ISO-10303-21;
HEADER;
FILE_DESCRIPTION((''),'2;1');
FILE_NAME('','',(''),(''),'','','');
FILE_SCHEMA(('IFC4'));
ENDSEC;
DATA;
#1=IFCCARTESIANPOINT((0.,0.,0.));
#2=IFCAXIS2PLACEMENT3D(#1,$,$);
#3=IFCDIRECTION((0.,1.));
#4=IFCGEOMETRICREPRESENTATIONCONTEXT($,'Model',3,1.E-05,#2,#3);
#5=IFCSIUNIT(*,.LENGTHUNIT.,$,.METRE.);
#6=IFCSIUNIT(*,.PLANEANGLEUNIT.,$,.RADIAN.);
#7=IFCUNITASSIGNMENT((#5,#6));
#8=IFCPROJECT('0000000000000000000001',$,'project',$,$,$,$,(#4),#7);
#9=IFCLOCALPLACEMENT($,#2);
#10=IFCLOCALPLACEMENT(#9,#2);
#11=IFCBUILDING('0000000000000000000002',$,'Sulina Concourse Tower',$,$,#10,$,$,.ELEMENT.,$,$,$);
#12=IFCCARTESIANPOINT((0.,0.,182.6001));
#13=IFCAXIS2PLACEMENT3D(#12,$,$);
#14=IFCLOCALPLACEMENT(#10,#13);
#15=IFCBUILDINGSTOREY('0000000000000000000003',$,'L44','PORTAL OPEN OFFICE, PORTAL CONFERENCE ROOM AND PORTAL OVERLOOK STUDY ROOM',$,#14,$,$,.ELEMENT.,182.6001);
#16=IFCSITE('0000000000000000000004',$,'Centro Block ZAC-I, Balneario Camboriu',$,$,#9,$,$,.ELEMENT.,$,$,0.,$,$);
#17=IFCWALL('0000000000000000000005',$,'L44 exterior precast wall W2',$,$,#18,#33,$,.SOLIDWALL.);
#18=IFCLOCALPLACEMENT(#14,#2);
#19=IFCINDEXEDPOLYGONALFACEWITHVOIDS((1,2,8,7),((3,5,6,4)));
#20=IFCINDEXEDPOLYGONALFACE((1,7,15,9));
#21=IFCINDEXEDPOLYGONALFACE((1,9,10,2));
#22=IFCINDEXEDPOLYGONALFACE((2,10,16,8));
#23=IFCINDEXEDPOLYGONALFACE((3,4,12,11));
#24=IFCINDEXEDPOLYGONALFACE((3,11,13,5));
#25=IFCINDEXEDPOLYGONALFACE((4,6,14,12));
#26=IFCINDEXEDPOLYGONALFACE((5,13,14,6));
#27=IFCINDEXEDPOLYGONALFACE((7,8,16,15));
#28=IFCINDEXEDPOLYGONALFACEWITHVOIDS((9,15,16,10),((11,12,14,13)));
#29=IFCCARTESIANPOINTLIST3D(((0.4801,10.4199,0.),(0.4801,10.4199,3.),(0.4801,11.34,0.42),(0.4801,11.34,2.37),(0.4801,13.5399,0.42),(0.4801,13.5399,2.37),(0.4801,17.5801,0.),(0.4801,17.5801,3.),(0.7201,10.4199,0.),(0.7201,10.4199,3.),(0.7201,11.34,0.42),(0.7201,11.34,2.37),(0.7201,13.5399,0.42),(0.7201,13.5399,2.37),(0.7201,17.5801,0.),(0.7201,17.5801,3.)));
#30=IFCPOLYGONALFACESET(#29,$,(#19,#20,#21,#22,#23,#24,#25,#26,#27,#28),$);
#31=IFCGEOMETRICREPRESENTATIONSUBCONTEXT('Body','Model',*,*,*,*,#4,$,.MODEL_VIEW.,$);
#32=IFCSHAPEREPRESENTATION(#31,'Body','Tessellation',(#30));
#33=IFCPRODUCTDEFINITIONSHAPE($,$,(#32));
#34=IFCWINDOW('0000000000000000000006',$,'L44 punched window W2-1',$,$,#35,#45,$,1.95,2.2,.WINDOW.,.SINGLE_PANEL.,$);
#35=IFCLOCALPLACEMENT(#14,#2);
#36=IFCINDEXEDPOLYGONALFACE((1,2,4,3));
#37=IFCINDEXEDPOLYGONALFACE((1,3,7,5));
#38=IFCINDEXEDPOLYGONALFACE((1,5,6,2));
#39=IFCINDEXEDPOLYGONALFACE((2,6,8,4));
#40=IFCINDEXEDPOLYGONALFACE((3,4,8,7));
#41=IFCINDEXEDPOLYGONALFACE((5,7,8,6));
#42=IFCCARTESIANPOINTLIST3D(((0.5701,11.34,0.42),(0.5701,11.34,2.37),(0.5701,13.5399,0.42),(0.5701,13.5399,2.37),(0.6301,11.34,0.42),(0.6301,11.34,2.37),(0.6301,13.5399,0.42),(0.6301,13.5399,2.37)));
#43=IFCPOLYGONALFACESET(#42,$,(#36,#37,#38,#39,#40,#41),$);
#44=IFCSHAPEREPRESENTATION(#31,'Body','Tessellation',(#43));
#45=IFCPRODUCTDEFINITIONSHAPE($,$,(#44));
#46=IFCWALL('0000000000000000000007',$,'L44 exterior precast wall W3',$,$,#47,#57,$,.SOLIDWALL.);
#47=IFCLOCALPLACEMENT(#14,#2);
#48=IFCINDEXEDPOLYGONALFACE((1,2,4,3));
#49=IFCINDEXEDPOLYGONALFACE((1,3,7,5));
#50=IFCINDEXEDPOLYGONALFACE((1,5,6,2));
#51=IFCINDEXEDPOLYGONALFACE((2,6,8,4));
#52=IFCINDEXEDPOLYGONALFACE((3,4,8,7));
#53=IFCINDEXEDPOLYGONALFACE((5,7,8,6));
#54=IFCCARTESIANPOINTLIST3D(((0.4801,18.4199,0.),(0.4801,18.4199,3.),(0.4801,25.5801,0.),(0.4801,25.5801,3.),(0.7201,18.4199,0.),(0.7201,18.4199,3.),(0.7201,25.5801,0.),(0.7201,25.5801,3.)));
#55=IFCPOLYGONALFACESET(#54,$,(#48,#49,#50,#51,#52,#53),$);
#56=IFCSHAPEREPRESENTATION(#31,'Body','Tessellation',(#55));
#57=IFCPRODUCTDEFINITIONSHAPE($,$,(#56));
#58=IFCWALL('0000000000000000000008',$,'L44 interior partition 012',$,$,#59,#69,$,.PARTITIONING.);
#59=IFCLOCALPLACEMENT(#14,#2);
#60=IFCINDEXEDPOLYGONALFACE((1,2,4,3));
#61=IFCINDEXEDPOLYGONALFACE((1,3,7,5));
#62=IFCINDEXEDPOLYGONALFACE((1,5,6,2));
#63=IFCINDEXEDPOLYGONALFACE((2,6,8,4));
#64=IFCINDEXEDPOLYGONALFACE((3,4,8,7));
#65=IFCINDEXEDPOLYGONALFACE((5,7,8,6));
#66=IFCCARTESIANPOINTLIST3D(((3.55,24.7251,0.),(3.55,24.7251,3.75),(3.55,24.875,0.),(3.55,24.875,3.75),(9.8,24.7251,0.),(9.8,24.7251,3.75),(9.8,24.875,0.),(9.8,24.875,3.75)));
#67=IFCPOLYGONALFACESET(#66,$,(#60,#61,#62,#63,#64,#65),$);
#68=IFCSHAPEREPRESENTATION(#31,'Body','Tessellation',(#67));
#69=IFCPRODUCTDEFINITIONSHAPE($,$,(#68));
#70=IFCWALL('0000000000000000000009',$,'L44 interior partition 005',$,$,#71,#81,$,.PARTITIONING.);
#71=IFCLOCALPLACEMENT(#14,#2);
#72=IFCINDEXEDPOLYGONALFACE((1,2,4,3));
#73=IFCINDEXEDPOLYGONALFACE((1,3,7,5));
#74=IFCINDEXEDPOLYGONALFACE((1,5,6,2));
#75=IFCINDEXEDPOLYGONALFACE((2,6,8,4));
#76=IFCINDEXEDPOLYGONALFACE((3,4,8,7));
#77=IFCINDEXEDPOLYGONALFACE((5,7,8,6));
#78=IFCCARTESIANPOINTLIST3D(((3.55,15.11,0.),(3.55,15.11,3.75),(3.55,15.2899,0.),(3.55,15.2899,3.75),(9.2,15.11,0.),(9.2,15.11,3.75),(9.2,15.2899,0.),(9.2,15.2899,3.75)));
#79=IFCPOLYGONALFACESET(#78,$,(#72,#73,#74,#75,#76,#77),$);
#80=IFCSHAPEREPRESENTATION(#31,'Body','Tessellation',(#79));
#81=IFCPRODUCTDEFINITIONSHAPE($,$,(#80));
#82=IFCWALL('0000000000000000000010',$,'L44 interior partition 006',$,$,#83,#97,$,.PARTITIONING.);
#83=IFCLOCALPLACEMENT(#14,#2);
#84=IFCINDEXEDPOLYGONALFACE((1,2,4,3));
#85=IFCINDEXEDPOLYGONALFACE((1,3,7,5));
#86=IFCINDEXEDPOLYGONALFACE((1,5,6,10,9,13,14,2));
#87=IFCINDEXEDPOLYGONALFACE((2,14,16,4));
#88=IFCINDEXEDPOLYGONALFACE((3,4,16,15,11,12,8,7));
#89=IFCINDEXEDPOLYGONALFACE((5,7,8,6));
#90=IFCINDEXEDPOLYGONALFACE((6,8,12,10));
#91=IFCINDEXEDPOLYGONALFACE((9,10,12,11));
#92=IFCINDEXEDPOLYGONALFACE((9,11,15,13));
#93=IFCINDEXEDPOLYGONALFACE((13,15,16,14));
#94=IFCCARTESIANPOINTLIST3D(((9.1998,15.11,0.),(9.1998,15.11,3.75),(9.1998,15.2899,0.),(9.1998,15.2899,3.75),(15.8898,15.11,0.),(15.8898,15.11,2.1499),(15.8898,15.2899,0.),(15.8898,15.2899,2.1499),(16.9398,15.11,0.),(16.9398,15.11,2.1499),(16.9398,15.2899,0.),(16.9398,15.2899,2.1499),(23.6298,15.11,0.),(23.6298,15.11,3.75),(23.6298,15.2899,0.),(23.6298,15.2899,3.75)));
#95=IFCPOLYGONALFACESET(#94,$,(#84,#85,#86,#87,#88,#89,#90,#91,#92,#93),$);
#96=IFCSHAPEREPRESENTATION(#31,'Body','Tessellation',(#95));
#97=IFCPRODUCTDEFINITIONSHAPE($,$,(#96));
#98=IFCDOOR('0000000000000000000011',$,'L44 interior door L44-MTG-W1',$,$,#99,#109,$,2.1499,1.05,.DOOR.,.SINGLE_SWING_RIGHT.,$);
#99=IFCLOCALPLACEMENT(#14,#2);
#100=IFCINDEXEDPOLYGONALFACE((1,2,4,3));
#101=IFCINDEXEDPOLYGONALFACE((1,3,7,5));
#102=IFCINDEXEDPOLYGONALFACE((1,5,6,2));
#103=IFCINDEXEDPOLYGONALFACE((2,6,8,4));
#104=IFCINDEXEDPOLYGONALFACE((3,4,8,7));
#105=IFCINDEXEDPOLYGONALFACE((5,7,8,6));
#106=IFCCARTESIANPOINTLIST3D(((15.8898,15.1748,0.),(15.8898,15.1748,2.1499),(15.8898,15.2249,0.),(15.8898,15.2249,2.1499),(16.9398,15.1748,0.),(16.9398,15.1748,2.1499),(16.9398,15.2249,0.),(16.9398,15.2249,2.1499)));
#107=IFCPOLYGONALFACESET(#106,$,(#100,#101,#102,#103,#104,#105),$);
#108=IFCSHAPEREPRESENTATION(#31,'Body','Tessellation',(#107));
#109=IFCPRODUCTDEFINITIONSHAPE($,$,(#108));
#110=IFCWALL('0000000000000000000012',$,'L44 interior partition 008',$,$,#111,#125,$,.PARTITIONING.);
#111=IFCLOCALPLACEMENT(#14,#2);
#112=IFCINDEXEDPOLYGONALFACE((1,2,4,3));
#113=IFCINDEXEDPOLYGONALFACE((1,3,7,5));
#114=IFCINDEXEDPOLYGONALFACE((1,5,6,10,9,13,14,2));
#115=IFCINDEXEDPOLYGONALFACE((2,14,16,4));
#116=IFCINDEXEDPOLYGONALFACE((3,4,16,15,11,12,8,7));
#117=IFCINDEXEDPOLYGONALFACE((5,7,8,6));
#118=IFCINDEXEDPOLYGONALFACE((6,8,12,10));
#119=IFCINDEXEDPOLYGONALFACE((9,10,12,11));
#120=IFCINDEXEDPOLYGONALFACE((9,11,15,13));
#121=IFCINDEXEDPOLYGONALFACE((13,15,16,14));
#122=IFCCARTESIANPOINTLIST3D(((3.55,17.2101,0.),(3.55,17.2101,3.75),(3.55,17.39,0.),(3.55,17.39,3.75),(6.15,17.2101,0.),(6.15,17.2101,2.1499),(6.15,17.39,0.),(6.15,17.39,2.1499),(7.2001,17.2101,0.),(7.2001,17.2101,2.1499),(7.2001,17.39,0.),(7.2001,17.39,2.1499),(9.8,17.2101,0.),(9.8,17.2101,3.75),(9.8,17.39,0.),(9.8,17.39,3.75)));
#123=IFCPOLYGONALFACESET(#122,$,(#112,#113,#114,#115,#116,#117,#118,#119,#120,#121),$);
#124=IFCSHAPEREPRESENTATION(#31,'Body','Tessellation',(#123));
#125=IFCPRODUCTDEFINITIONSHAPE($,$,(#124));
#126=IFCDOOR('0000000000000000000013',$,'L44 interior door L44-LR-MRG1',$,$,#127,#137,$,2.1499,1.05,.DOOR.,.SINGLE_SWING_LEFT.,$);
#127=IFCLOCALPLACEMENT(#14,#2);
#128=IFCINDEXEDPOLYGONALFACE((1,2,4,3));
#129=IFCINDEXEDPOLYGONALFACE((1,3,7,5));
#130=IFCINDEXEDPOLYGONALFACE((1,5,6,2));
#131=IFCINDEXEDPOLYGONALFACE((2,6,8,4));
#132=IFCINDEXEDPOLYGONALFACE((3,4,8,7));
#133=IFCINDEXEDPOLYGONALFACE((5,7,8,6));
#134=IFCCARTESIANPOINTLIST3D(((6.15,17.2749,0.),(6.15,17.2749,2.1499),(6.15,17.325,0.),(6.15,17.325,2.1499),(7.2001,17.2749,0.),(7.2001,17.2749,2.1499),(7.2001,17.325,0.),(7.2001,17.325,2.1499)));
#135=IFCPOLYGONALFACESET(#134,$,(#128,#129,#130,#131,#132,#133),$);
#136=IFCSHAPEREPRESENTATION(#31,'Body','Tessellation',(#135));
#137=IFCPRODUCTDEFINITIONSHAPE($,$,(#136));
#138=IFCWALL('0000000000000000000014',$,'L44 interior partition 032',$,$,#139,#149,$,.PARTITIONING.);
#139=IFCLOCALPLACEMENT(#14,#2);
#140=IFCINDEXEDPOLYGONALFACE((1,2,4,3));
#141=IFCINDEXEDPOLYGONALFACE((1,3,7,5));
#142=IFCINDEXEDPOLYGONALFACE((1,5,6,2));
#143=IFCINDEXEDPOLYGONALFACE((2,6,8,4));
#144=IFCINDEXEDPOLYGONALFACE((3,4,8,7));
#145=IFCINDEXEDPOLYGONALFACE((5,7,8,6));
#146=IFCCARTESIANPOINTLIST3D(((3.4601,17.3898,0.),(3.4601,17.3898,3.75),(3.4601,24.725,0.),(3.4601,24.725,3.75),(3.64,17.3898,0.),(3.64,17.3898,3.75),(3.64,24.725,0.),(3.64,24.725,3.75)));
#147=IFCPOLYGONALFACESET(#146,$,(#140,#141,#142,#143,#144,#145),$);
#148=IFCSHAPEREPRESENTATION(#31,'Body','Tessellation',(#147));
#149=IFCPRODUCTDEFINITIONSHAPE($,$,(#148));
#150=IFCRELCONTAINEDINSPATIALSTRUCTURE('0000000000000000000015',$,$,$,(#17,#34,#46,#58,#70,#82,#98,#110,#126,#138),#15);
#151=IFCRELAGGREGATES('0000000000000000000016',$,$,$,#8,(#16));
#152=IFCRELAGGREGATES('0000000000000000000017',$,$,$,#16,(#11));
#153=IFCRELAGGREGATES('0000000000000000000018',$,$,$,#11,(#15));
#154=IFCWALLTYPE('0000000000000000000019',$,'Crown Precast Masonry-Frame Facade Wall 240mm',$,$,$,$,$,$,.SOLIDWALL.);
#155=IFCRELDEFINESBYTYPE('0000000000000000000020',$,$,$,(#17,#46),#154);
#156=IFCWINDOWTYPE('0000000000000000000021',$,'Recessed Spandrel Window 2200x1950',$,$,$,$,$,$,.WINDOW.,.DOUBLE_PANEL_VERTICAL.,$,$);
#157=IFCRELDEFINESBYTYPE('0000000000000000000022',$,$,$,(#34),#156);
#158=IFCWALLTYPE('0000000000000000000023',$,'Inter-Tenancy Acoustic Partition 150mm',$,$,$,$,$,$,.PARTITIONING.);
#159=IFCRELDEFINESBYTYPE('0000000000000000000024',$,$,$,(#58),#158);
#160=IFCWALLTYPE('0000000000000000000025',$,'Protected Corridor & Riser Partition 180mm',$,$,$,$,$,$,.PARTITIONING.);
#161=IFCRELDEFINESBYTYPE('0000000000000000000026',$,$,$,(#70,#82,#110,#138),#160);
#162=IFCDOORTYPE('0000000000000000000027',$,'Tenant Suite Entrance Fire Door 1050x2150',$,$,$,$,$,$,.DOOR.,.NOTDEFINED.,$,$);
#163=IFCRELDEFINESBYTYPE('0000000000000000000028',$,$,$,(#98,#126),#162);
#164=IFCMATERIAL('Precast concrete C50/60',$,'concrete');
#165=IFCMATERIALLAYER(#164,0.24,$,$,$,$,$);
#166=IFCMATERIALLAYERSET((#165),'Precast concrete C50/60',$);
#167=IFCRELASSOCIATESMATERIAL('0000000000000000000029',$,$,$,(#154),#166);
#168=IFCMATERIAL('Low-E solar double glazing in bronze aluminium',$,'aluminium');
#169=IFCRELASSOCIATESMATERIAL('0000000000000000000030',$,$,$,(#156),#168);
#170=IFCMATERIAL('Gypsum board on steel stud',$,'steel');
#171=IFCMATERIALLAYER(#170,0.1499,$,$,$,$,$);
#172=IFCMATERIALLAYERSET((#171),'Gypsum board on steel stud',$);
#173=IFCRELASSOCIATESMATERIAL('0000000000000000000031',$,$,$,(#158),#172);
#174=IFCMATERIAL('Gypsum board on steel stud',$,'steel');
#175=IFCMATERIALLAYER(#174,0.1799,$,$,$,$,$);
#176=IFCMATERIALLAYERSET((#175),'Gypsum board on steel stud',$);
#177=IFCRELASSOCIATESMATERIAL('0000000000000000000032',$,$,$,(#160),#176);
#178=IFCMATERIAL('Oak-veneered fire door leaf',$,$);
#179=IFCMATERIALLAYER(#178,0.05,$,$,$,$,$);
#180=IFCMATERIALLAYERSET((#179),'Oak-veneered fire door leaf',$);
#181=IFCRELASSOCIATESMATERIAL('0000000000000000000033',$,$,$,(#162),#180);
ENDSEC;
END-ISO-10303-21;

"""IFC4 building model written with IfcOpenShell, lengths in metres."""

from ifc_helpers import new_model, si_unit, direction, frame, frame_2d, origin, place, context, subcontext, project, spatial, rectangle, extrude, material, layer, layer_set, type_object, element, fill, save


model = new_model("IFC4")

# Units and contexts
model_context = context("Model", 3, precision=1e-05, world=origin(), true_north=direction((0.0, 1.0)))
body_context = subcontext(model_context, "Body", "Model", "MODEL_VIEW")
ifc_project = project(units=[si_unit("LENGTHUNIT", "METRE"), si_unit("PLANEANGLEUNIT", "RADIAN")], contexts=[model_context])

# Site, building, storey
site_placement = place(None, origin())
site = spatial("IfcSite", under=ifc_project, at=site_placement, Name="Centro Block ZAC-I, Balneario Camboriu", CompositionType="ELEMENT", RefElevation=0.0)
building_placement = place(site_placement, origin())
building = spatial("IfcBuilding", under=site, at=building_placement, Name="Sulina Concourse Tower", CompositionType="ELEMENT")
storey_placement = place(building_placement, frame((0.0, 0.0, 182.6001)))
storey = spatial("IfcBuildingStorey", under=building, at=storey_placement, Name="L44", Description="PORTAL OPEN OFFICE, PORTAL CONFERENCE ROOM AND PORTAL OVERLOOK STUDY ROOM", CompositionType="ELEMENT", Elevation=182.6001)

# Wall, opening, window
ifc_material_1 = material(Name="Precast concrete C50/60", Category="concrete")
ifc_layer_1 = layer(ifc_material_1, 0.24)
ifc_layer_set_1 = layer_set([ifc_layer_1], Name="Precast concrete C50/60")
wall_type_1 = type_object("IfcWallType", Name="Crown Precast Masonry-Frame Facade Wall 240mm", PredefinedType="SOLIDWALL", material=ifc_layer_set_1)
wall_1_placement = place(storey_placement, frame((0.6001, 10.4199, 0.0), z_axis=(0.0, 0.0, 1.0), x_axis=(0.0, 1.0, 0.0)))
wall_1 = element("IfcWall", 1, at=wall_1_placement, inside=storey, type_object=wall_type_1, Name="L44 exterior precast wall W2", PredefinedType="SOLIDWALL", context=body_context, shape_type="SweptSolid", body=[
    extrude(rectangle(XDim=7.1602, YDim=0.24, at=frame_2d((3.5801, 0.0))), origin(), (0.0, 0.0, 1.0), 3.0),
])
opening_1_placement = place(wall_1_placement, frame((0.9199, 0.0, 0.4199)))
opening_1 = element("IfcOpeningElement", 2, at=opening_1_placement, cuts=wall_1, PredefinedType="OPENING", context=body_context, shape_type="SweptSolid", body=[
    extrude(rectangle(XDim=2.2, YDim=1.95, at=frame_2d((1.1001, 0.9751))), frame((0.0, 0.1299, 0.0), z_axis=(0.0, -1.0, 0.0), x_axis=(1.0, 0.0, 0.0)), (0.0, 0.0, 1.0), 0.26),
])
ifc_material_2 = material(Name="Low-E solar double glazing in bronze aluminium", Category="aluminium")
window_type = type_object("IfcWindowType", Name="Recessed Spandrel Window 2200x1950", PartitioningType="DOUBLE_PANEL_VERTICAL", PredefinedType="WINDOW", material=ifc_material_2)
window_placement = place(opening_1_placement, origin())
window = element("IfcWindow", 3, at=window_placement, inside=storey, type_object=window_type, Name="L44 punched window W2-1", OverallHeight=1.95, OverallWidth=2.2, PartitioningType="SINGLE_PANEL", PredefinedType="WINDOW", context=body_context, shape_type="SweptSolid", body=[
    extrude(rectangle(XDim=2.2, YDim=1.95, at=frame_2d((1.1001, 0.9751))), frame((0.0, 0.03, 0.0), z_axis=(0.0, -1.0, 0.0), x_axis=(1.0, 0.0, 0.0)), (0.0, 0.0, 1.0), 0.0601),
])
fill(opening_1, window)

# Walls
wall_2_placement = place(storey_placement, frame((0.6001, 18.4199, 0.0), z_axis=(0.0, 0.0, 1.0), x_axis=(0.0, 1.0, 0.0)))
element("IfcWall", 4, at=wall_2_placement, inside=storey, type_object=wall_type_1, Name="L44 exterior precast wall W3", PredefinedType="SOLIDWALL", context=body_context, shape_type="SweptSolid", body=[
    extrude(rectangle(XDim=7.1602, YDim=0.24, at=frame_2d((3.5801, 0.0))), origin(), (0.0, 0.0, 1.0), 3.0),
])
ifc_material_3 = material(Name="Gypsum board on steel stud", Category="steel")
ifc_layer_2 = layer(ifc_material_3, 0.1499)
ifc_layer_set_2 = layer_set([ifc_layer_2], Name="Gypsum board on steel stud")
wall_type_2 = type_object("IfcWallType", Name="Inter-Tenancy Acoustic Partition 150mm", PredefinedType="PARTITIONING", material=ifc_layer_set_2)
wall_3_placement = place(storey_placement, frame((3.55, 24.8, 0.0), z_axis=(0.0, 0.0, 1.0), x_axis=(1.0, 0.0, 0.0)))
element("IfcWall", 5, at=wall_3_placement, inside=storey, type_object=wall_type_2, Name="L44 interior partition 012", PredefinedType="PARTITIONING", context=body_context, shape_type="SweptSolid", body=[
    extrude(rectangle(XDim=6.25, YDim=0.1499, at=frame_2d((3.125, 0.0))), origin(), (0.0, 0.0, 1.0), 3.75),
])

# Shared definitions
ifc_material_4 = material(Name="Gypsum board on steel stud", Category="steel")
ifc_layer_3 = layer(ifc_material_4, 0.1799)
ifc_layer_set_3 = layer_set([ifc_layer_3], Name="Gypsum board on steel stud")
wall_type_3 = type_object("IfcWallType", Name="Protected Corridor & Riser Partition 180mm", PredefinedType="PARTITIONING", material=ifc_layer_set_3)
ifc_material_5 = material(Name="Oak-veneered fire door leaf")
ifc_layer_4 = layer(ifc_material_5, 0.05)
ifc_layer_set_4 = layer_set([ifc_layer_4], Name="Oak-veneered fire door leaf")
door_type_1 = type_object("IfcDoorType", Name="Tenant Suite Entrance Fire Door 1050x2150", OperationType="NOTDEFINED", PredefinedType="DOOR", material=ifc_layer_set_4)

# Wall
wall_4_placement = place(storey_placement, frame((3.55, 15.2, 0.0), z_axis=(0.0, 0.0, 1.0), x_axis=(1.0, 0.0, 0.0)))
element("IfcWall", 6, at=wall_4_placement, inside=storey, type_object=wall_type_3, Name="L44 interior partition 005", PredefinedType="PARTITIONING", context=body_context, shape_type="SweptSolid", body=[
    extrude(rectangle(XDim=5.6499, YDim=0.1799, at=frame_2d((2.825, 0.0))), origin(), (0.0, 0.0, 1.0), 3.75),
])

# Walls, openings, doors
wall_5_placement = place(storey_placement, frame((9.2, 15.2, 0.0), z_axis=(0.0, 0.0, 1.0), x_axis=(1.0, 0.0, 0.0)))
wall_5 = element("IfcWall", 7, at=wall_5_placement, inside=storey, type_object=wall_type_3, Name="L44 interior partition 006", PredefinedType="PARTITIONING", context=body_context, shape_type="SweptSolid", body=[
    extrude(rectangle(XDim=14.4299, YDim=0.1799, at=frame_2d((7.2148, 0.0))), origin(), (0.0, 0.0, 1.0), 3.75),
])
opening_2_placement = place(wall_5_placement, frame((6.6899, 0.0, 0.0)))
opening_2 = element("IfcOpeningElement", 8, at=opening_2_placement, cuts=wall_5, PredefinedType="OPENING", context=body_context, shape_type="SweptSolid", body=[
    extrude(rectangle(XDim=1.05, YDim=2.1499, at=frame_2d((0.5249, 1.075))), frame((0.0, 0.0999, 0.0), z_axis=(0.0, -1.0, 0.0), x_axis=(1.0, 0.0, 0.0)), (0.0, 0.0, 1.0), 0.2),
])
door_1_placement = place(opening_2_placement, origin())
door_1 = element("IfcDoor", 9, at=door_1_placement, inside=storey, type_object=door_type_1, Name="L44 interior door L44-MTG-W1", OperationType="SINGLE_SWING_RIGHT", OverallHeight=2.1499, OverallWidth=1.05, PredefinedType="DOOR", context=body_context, shape_type="SweptSolid", body=[
    extrude(rectangle(XDim=1.05, YDim=2.1499, at=frame_2d((0.5249, 1.075))), frame((0.0, 0.0249, 0.0), z_axis=(0.0, -1.0, 0.0), x_axis=(1.0, 0.0, 0.0)), (0.0, 0.0, 1.0), 0.05),
])
fill(opening_2, door_1)
wall_6_placement = place(storey_placement, frame((3.55, 17.3, 0.0), z_axis=(0.0, 0.0, 1.0), x_axis=(1.0, 0.0, 0.0)))
wall_6 = element("IfcWall", 10, at=wall_6_placement, inside=storey, type_object=wall_type_3, Name="L44 interior partition 008", PredefinedType="PARTITIONING", context=body_context, shape_type="SweptSolid", body=[
    extrude(rectangle(XDim=6.25, YDim=0.1799, at=frame_2d((3.125, 0.0))), origin(), (0.0, 0.0, 1.0), 3.75),
])
opening_3_placement = place(wall_6_placement, frame((2.6001, 0.0, 0.0)))
opening_3 = element("IfcOpeningElement", 11, at=opening_3_placement, cuts=wall_6, PredefinedType="OPENING", context=body_context, shape_type="SweptSolid", body=[
    extrude(rectangle(XDim=1.05, YDim=2.1499, at=frame_2d((0.5249, 1.075))), frame((0.0, 0.0999, 0.0), z_axis=(0.0, -1.0, 0.0), x_axis=(1.0, 0.0, 0.0)), (0.0, 0.0, 1.0), 0.2),
])
door_2_placement = place(opening_3_placement, origin())
door_2 = element("IfcDoor", 12, at=door_2_placement, inside=storey, type_object=door_type_1, Name="L44 interior door L44-LR-MRG1", OperationType="SINGLE_SWING_LEFT", OverallHeight=2.1499, OverallWidth=1.05, PredefinedType="DOOR", context=body_context, shape_type="SweptSolid", body=[
    extrude(rectangle(XDim=1.05, YDim=2.1499, at=frame_2d((0.5249, 1.075))), frame((0.0, 0.0249, 0.0), z_axis=(0.0, -1.0, 0.0), x_axis=(1.0, 0.0, 0.0)), (0.0, 0.0, 1.0), 0.05),
])
fill(opening_3, door_2)

# Wall
wall_7_placement = place(storey_placement, frame((3.55, 17.3899, 0.0), z_axis=(0.0, 0.0, 1.0), x_axis=(0.0, 1.0, 0.0)))
element("IfcWall", 13, at=wall_7_placement, inside=storey, type_object=wall_type_3, Name="L44 interior partition 032", PredefinedType="PARTITIONING", context=body_context, shape_type="SweptSolid", body=[
    extrude(rectangle(XDim=7.3352, YDim=0.1799, at=frame_2d((3.6675, 0.0))), origin(), (0.0, 0.0, 1.0), 3.75),
])

save(model, "model.ifc")
